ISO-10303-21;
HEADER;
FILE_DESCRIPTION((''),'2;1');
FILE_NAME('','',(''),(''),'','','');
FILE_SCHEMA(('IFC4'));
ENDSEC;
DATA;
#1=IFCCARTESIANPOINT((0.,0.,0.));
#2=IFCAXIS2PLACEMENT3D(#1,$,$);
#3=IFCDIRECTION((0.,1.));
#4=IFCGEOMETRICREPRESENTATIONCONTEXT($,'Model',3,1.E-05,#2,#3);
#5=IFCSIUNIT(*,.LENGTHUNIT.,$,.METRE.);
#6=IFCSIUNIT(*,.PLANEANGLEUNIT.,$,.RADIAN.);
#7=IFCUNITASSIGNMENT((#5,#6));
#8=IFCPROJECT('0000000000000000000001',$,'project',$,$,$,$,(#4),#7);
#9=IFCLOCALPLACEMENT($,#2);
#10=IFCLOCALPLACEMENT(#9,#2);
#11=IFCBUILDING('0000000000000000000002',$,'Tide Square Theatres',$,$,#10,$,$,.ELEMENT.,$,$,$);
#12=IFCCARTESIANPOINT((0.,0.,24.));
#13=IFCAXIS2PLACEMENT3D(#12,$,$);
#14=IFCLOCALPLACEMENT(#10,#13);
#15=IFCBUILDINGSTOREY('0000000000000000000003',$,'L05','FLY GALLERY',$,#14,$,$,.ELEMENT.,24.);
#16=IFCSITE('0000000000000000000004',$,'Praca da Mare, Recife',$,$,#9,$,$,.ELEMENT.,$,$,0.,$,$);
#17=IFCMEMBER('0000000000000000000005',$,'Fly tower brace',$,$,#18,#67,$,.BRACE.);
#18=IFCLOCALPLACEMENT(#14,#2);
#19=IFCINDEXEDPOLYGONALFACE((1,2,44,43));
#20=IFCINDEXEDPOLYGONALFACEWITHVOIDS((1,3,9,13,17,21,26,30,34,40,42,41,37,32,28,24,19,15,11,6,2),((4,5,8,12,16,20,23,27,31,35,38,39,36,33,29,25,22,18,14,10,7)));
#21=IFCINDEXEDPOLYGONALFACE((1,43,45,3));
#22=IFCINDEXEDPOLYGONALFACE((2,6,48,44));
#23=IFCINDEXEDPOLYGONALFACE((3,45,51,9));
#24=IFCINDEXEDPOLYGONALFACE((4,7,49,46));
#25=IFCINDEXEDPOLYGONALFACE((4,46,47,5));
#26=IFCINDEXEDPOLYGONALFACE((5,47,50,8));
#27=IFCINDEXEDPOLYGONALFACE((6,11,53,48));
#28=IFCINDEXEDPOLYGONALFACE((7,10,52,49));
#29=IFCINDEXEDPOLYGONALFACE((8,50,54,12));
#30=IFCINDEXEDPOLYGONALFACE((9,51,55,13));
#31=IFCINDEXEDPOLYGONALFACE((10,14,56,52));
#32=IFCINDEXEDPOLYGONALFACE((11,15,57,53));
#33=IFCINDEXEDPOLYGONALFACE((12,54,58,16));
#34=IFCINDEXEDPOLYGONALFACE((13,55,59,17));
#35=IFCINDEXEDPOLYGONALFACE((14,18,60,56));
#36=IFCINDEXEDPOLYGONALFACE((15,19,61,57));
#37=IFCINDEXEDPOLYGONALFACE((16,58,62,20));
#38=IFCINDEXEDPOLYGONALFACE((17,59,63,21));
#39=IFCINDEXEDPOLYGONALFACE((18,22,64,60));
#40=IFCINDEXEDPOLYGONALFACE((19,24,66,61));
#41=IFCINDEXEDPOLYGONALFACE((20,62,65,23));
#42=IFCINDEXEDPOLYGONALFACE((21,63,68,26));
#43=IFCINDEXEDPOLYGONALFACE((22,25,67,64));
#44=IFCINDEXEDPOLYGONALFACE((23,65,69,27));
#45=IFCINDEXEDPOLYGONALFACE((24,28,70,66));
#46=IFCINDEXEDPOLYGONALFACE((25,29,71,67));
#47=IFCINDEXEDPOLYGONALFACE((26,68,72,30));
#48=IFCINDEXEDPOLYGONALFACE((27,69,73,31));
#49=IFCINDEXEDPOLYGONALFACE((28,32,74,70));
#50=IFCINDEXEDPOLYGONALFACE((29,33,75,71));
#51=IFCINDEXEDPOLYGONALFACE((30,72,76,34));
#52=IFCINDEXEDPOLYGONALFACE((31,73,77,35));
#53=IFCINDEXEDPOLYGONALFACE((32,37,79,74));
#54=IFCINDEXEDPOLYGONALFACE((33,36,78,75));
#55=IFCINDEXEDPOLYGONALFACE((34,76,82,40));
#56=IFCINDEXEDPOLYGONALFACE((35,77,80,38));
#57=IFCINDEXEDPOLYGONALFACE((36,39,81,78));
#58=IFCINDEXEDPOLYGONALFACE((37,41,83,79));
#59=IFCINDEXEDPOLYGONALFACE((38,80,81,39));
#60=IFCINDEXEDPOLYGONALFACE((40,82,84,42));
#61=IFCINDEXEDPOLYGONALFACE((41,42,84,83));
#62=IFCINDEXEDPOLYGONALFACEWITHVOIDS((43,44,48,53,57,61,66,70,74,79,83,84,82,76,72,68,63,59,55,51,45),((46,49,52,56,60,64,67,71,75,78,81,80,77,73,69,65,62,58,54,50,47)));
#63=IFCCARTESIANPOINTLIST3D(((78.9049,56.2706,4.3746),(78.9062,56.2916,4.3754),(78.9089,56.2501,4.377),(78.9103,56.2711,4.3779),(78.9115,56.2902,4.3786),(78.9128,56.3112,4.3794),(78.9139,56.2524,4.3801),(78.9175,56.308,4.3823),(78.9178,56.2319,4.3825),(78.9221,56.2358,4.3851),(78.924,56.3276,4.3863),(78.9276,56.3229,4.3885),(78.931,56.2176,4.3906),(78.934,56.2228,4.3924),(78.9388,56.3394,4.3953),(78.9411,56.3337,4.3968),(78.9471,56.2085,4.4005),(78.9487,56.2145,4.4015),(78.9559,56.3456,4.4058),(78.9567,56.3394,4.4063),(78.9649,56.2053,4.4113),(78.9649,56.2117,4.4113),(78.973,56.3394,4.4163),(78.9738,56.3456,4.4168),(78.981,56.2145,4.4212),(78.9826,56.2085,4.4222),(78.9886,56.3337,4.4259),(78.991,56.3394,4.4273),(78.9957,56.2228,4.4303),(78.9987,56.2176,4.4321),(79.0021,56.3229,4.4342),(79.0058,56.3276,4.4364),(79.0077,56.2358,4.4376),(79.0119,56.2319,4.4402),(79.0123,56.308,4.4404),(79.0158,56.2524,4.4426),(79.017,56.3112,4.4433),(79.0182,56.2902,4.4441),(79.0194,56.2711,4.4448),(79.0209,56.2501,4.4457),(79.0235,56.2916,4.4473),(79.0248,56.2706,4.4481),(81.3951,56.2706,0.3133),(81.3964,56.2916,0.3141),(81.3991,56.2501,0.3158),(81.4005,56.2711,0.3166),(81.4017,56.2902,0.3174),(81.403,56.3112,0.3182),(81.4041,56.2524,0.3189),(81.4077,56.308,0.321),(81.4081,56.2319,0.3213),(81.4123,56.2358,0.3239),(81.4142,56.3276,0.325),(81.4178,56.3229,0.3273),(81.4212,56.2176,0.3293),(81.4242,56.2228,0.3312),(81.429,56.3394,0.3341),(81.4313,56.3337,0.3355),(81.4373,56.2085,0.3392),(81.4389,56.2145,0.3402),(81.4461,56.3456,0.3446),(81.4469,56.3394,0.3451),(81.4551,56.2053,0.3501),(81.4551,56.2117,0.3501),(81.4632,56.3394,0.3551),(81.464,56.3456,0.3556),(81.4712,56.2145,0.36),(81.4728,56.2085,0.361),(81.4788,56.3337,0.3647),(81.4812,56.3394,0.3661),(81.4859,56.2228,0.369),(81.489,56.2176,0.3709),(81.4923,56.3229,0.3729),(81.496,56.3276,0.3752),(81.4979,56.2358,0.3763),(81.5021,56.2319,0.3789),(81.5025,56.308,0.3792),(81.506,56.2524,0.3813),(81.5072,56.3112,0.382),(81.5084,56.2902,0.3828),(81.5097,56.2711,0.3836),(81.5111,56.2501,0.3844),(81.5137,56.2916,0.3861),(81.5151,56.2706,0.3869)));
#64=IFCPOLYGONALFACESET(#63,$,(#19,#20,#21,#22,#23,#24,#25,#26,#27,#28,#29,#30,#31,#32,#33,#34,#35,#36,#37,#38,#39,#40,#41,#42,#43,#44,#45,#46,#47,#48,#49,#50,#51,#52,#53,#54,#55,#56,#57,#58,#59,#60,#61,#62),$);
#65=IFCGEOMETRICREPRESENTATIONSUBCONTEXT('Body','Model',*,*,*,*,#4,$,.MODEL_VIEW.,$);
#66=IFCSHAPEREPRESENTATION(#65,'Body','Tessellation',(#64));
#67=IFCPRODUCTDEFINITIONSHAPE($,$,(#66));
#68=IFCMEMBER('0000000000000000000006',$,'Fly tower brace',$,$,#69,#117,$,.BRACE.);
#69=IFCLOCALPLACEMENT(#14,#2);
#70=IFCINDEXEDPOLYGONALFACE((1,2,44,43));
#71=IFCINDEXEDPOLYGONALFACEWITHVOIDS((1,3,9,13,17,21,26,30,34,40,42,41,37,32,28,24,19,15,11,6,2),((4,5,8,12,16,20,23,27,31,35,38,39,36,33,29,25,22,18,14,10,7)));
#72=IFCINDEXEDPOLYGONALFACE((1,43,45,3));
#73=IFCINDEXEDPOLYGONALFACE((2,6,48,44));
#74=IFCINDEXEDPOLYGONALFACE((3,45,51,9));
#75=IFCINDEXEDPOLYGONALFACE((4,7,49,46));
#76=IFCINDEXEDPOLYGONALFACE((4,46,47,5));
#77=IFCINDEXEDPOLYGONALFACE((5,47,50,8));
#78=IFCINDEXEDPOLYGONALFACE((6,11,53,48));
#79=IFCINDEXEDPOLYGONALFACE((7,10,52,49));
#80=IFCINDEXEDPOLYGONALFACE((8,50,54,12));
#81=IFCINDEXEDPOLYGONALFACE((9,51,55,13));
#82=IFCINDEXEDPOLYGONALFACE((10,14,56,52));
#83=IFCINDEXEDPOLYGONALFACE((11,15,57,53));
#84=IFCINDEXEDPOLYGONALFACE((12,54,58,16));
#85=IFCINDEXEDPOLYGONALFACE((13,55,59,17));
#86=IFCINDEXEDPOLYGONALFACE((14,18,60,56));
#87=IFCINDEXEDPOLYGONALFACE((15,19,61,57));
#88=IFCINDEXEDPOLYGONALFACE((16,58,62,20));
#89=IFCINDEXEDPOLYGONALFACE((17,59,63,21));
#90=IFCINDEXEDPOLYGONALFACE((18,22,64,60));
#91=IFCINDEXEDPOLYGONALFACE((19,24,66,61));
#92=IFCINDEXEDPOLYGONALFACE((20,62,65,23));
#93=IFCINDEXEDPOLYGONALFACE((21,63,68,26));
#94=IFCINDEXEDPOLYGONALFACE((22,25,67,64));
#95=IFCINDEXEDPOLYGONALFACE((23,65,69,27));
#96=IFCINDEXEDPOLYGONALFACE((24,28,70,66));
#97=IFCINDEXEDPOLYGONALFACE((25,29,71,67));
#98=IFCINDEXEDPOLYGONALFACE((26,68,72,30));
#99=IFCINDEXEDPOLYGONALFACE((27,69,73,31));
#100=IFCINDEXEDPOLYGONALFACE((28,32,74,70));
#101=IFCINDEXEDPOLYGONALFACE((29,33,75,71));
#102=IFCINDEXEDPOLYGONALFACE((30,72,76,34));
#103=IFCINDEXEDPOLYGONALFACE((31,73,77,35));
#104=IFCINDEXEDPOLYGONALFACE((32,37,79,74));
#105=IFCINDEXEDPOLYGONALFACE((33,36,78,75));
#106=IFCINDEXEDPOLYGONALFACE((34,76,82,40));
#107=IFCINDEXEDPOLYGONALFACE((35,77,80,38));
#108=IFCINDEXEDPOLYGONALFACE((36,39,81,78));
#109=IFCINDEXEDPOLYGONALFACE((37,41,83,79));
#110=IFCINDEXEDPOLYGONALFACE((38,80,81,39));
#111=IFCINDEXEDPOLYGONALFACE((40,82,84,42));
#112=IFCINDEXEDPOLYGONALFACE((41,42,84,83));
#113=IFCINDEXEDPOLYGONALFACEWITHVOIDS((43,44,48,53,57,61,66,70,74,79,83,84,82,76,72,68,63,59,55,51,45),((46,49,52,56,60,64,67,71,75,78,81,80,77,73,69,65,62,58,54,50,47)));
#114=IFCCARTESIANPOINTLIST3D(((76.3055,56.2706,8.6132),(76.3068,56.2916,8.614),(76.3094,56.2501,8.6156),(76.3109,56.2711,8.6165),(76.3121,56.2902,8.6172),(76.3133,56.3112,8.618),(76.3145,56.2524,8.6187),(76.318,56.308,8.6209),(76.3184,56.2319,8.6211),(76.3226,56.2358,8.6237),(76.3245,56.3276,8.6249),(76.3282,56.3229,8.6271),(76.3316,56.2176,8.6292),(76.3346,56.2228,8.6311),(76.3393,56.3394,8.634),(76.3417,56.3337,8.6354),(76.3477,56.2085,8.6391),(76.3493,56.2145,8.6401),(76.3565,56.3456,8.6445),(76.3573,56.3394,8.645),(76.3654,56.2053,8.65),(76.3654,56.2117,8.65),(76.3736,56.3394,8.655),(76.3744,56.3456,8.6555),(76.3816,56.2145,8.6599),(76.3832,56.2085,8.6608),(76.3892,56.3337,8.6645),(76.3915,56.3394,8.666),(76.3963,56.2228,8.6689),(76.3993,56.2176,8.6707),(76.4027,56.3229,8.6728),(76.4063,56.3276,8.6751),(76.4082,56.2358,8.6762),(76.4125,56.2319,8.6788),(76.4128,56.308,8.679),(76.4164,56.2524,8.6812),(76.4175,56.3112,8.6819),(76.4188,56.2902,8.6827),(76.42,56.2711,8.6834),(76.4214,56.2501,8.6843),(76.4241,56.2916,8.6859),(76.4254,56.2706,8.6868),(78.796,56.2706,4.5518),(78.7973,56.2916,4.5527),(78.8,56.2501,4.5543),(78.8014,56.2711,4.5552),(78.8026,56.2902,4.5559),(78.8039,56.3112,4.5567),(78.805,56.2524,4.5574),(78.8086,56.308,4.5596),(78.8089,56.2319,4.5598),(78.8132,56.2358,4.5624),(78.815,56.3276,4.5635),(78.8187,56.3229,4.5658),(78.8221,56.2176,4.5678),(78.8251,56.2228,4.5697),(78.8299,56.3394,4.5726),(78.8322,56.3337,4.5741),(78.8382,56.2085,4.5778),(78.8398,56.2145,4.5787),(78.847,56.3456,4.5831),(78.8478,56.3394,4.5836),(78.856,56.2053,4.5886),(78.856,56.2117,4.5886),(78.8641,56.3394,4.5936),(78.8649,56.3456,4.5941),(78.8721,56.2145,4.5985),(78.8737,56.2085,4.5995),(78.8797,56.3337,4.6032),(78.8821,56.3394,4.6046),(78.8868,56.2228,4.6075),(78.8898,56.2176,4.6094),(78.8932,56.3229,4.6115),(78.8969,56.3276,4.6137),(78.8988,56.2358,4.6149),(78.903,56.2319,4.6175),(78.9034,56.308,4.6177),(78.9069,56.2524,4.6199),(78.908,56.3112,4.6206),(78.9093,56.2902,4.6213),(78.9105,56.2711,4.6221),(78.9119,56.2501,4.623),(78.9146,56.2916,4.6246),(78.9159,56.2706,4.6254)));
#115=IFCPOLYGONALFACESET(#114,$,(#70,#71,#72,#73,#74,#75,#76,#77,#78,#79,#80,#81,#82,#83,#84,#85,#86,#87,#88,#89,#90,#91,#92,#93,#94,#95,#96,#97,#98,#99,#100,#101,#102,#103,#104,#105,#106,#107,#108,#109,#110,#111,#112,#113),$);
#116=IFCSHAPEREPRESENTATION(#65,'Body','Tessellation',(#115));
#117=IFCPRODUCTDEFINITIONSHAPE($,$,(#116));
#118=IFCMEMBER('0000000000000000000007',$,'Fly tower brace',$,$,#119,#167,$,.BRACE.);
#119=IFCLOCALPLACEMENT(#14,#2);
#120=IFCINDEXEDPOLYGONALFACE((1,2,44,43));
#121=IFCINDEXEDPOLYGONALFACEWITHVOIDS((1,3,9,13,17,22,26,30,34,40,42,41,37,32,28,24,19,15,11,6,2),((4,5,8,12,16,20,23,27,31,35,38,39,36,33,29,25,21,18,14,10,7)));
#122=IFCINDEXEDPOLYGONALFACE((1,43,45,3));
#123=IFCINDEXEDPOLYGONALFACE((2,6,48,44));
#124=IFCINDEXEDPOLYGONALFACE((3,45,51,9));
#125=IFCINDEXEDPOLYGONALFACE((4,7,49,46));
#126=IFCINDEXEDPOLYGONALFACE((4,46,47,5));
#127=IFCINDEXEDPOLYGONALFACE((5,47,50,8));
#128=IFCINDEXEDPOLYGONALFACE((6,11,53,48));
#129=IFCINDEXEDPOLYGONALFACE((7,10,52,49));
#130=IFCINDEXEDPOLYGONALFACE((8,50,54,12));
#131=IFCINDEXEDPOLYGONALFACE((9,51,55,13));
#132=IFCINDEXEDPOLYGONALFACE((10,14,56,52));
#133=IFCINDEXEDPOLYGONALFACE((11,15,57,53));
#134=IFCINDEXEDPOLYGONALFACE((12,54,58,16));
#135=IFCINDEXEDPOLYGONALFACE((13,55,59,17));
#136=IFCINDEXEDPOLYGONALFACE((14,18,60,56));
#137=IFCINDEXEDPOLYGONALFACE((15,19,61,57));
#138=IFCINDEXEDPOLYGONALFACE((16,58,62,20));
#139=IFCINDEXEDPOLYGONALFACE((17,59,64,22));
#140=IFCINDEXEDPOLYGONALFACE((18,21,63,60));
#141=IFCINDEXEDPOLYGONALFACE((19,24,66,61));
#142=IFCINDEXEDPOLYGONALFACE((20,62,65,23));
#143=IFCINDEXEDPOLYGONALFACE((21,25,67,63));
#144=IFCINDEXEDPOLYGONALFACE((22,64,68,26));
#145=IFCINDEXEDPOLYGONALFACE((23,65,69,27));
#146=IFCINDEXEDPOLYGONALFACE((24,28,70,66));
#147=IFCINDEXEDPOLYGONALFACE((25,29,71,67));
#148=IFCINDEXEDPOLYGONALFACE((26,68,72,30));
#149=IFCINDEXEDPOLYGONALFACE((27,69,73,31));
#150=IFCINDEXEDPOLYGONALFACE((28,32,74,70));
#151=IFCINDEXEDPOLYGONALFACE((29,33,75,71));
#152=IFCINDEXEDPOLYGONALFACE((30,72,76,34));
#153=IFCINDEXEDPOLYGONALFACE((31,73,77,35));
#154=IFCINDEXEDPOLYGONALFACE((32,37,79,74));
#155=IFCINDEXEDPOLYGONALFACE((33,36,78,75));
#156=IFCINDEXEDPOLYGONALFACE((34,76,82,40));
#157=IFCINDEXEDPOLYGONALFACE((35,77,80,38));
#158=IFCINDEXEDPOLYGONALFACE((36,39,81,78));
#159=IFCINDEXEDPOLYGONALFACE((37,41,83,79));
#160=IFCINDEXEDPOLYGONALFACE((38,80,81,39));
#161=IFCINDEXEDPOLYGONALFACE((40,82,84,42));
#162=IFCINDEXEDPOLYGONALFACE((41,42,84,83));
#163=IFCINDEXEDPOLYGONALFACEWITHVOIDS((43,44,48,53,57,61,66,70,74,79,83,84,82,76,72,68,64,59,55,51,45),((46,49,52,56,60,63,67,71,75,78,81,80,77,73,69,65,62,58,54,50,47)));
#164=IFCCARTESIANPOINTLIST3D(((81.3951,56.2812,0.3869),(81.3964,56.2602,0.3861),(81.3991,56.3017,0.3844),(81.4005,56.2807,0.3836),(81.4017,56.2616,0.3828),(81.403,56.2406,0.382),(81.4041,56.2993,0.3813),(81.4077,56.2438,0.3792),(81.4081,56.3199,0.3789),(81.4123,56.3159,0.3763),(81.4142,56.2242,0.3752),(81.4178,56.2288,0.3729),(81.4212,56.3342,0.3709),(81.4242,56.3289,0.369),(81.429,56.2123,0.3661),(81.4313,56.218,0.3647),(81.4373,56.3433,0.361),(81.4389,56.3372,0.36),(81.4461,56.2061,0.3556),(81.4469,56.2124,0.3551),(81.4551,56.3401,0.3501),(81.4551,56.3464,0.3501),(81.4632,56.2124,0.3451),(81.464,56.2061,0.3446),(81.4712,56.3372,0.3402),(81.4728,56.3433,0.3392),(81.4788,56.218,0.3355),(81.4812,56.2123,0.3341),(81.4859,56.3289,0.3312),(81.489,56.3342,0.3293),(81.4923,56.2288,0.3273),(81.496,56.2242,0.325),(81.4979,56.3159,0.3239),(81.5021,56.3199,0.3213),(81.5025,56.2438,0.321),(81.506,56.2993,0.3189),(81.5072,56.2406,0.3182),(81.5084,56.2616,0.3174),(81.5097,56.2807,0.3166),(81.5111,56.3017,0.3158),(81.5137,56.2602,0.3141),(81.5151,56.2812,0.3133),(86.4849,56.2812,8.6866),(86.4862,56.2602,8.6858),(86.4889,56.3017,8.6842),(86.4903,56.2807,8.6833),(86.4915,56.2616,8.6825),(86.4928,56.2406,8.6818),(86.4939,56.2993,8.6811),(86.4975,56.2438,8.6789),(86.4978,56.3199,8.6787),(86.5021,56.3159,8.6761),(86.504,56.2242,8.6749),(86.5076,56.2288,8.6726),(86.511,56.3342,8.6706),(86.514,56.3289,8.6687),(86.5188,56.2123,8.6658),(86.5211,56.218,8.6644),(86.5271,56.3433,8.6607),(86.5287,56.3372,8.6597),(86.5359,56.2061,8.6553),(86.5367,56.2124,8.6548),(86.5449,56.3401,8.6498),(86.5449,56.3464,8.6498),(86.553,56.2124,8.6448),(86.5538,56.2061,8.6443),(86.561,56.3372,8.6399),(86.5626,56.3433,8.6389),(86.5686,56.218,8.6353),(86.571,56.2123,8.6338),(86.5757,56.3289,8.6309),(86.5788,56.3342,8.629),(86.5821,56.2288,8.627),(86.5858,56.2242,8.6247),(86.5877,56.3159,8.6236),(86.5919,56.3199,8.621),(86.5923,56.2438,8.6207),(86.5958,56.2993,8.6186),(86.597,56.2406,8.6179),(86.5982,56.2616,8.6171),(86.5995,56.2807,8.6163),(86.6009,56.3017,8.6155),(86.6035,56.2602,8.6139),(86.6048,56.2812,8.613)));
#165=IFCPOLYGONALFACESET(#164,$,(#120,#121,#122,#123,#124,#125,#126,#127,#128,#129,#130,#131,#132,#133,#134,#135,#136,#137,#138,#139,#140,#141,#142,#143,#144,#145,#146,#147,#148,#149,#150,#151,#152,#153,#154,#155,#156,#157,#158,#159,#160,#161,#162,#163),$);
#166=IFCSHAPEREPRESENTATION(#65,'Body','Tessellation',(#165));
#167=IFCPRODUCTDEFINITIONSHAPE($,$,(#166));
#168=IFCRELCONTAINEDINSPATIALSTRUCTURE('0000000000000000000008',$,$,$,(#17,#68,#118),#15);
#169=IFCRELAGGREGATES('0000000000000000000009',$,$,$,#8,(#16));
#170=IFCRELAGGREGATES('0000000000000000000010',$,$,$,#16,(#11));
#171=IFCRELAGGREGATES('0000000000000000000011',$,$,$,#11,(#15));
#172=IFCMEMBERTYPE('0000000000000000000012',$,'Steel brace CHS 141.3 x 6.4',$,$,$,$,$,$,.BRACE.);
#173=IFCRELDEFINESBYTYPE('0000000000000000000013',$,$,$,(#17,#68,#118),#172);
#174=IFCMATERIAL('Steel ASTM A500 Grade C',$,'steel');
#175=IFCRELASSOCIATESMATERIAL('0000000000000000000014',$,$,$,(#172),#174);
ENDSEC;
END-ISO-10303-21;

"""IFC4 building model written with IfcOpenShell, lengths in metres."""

from ifc_helpers import new_model, si_unit, direction, frame, origin, origin_2d, place, context, subcontext, project, spatial, hollow_circle, extrude, material, material_profile, profile_set, type_object, element, save


model = new_model("IFC4")

# Units and contexts
model_context = context("Model", 3, precision=1e-05, world=origin(), true_north=direction((0.0, 1.0)))
body_context = subcontext(model_context, "Body", "Model", "MODEL_VIEW")
ifc_project = project(units=[si_unit("LENGTHUNIT", "METRE"), si_unit("PLANEANGLEUNIT", "RADIAN")], contexts=[model_context])

# Site, building, storey
site_placement = place(None, origin())
site = spatial("IfcSite", under=ifc_project, at=site_placement, Name="Praca da Mare, Recife", CompositionType="ELEMENT", RefElevation=0.0)
building_placement = place(site_placement, origin())
building = spatial("IfcBuilding", under=site, at=building_placement, Name="Tide Square Theatres", CompositionType="ELEMENT")
storey_placement = place(building_placement, frame((0.0, 0.0, 24.0)))
storey = spatial("IfcBuildingStorey", under=building, at=storey_placement, Name="L05", Description="FLY GALLERY", CompositionType="ELEMENT", Elevation=24.0)

# Members
ifc_material_1 = material(Name="Steel ASTM A500 Grade C", Category="steel")
ifc_material_profile_1 = material_profile(ifc_material_1, hollow_circle(Radius=0.0706, WallThickness=0.0063, at=origin_2d()))
ifc_profile_set_1 = profile_set([ifc_material_profile_1], Name="Steel ASTM A500 Grade C")
member_type = type_object("IfcMemberType", Name="Steel brace CHS 141.3 x 6.4", PredefinedType="BRACE", material=ifc_profile_set_1)
member_1_placement = place(storey_placement, frame((81.4551, 56.2759, 0.3501), z_axis=(-0.522724, 0.0, 0.852502), x_axis=(0.0, -1.0, 0.0)))
element("IfcMember", 1, at=member_1_placement, inside=storey, type_object=member_type, Name="Fly tower brace", PredefinedType="BRACE", context=body_context, shape_type="SweptSolid", body=[
    extrude(hollow_circle(Radius=0.0706, WallThickness=0.0063, at=origin_2d()), origin(), (0.0, 0.0, 1.0), 4.7639),
])
member_2_placement = place(storey_placement, frame((78.856, 56.2759, 4.5886), z_axis=(-0.522762, 0.0, 0.852479), x_axis=(0.0, -1.0, 0.0)))
element("IfcMember", 2, at=member_2_placement, inside=storey, type_object=member_type, Name="Fly tower brace", PredefinedType="BRACE", context=body_context, shape_type="SweptSolid", body=[
    extrude(hollow_circle(Radius=0.0706, WallThickness=0.0063, at=origin_2d()), origin(), (0.0, 0.0, 1.0), 4.7642),
])
member_3_placement = place(storey_placement, frame((81.4551, 56.2759, 0.3501), z_axis=(0.522776, 0.0, 0.85247), x_axis=(0.0, 1.0, 0.0)))
element("IfcMember", 3, at=member_3_placement, inside=storey, type_object=member_type, Name="Fly tower brace", PredefinedType="BRACE", context=body_context, shape_type="SweptSolid", body=[
    extrude(hollow_circle(Radius=0.0706, WallThickness=0.0063, at=origin_2d()), origin(), (0.0, 0.0, 1.0), 9.7361),
])

save(model, "model.ifc")
